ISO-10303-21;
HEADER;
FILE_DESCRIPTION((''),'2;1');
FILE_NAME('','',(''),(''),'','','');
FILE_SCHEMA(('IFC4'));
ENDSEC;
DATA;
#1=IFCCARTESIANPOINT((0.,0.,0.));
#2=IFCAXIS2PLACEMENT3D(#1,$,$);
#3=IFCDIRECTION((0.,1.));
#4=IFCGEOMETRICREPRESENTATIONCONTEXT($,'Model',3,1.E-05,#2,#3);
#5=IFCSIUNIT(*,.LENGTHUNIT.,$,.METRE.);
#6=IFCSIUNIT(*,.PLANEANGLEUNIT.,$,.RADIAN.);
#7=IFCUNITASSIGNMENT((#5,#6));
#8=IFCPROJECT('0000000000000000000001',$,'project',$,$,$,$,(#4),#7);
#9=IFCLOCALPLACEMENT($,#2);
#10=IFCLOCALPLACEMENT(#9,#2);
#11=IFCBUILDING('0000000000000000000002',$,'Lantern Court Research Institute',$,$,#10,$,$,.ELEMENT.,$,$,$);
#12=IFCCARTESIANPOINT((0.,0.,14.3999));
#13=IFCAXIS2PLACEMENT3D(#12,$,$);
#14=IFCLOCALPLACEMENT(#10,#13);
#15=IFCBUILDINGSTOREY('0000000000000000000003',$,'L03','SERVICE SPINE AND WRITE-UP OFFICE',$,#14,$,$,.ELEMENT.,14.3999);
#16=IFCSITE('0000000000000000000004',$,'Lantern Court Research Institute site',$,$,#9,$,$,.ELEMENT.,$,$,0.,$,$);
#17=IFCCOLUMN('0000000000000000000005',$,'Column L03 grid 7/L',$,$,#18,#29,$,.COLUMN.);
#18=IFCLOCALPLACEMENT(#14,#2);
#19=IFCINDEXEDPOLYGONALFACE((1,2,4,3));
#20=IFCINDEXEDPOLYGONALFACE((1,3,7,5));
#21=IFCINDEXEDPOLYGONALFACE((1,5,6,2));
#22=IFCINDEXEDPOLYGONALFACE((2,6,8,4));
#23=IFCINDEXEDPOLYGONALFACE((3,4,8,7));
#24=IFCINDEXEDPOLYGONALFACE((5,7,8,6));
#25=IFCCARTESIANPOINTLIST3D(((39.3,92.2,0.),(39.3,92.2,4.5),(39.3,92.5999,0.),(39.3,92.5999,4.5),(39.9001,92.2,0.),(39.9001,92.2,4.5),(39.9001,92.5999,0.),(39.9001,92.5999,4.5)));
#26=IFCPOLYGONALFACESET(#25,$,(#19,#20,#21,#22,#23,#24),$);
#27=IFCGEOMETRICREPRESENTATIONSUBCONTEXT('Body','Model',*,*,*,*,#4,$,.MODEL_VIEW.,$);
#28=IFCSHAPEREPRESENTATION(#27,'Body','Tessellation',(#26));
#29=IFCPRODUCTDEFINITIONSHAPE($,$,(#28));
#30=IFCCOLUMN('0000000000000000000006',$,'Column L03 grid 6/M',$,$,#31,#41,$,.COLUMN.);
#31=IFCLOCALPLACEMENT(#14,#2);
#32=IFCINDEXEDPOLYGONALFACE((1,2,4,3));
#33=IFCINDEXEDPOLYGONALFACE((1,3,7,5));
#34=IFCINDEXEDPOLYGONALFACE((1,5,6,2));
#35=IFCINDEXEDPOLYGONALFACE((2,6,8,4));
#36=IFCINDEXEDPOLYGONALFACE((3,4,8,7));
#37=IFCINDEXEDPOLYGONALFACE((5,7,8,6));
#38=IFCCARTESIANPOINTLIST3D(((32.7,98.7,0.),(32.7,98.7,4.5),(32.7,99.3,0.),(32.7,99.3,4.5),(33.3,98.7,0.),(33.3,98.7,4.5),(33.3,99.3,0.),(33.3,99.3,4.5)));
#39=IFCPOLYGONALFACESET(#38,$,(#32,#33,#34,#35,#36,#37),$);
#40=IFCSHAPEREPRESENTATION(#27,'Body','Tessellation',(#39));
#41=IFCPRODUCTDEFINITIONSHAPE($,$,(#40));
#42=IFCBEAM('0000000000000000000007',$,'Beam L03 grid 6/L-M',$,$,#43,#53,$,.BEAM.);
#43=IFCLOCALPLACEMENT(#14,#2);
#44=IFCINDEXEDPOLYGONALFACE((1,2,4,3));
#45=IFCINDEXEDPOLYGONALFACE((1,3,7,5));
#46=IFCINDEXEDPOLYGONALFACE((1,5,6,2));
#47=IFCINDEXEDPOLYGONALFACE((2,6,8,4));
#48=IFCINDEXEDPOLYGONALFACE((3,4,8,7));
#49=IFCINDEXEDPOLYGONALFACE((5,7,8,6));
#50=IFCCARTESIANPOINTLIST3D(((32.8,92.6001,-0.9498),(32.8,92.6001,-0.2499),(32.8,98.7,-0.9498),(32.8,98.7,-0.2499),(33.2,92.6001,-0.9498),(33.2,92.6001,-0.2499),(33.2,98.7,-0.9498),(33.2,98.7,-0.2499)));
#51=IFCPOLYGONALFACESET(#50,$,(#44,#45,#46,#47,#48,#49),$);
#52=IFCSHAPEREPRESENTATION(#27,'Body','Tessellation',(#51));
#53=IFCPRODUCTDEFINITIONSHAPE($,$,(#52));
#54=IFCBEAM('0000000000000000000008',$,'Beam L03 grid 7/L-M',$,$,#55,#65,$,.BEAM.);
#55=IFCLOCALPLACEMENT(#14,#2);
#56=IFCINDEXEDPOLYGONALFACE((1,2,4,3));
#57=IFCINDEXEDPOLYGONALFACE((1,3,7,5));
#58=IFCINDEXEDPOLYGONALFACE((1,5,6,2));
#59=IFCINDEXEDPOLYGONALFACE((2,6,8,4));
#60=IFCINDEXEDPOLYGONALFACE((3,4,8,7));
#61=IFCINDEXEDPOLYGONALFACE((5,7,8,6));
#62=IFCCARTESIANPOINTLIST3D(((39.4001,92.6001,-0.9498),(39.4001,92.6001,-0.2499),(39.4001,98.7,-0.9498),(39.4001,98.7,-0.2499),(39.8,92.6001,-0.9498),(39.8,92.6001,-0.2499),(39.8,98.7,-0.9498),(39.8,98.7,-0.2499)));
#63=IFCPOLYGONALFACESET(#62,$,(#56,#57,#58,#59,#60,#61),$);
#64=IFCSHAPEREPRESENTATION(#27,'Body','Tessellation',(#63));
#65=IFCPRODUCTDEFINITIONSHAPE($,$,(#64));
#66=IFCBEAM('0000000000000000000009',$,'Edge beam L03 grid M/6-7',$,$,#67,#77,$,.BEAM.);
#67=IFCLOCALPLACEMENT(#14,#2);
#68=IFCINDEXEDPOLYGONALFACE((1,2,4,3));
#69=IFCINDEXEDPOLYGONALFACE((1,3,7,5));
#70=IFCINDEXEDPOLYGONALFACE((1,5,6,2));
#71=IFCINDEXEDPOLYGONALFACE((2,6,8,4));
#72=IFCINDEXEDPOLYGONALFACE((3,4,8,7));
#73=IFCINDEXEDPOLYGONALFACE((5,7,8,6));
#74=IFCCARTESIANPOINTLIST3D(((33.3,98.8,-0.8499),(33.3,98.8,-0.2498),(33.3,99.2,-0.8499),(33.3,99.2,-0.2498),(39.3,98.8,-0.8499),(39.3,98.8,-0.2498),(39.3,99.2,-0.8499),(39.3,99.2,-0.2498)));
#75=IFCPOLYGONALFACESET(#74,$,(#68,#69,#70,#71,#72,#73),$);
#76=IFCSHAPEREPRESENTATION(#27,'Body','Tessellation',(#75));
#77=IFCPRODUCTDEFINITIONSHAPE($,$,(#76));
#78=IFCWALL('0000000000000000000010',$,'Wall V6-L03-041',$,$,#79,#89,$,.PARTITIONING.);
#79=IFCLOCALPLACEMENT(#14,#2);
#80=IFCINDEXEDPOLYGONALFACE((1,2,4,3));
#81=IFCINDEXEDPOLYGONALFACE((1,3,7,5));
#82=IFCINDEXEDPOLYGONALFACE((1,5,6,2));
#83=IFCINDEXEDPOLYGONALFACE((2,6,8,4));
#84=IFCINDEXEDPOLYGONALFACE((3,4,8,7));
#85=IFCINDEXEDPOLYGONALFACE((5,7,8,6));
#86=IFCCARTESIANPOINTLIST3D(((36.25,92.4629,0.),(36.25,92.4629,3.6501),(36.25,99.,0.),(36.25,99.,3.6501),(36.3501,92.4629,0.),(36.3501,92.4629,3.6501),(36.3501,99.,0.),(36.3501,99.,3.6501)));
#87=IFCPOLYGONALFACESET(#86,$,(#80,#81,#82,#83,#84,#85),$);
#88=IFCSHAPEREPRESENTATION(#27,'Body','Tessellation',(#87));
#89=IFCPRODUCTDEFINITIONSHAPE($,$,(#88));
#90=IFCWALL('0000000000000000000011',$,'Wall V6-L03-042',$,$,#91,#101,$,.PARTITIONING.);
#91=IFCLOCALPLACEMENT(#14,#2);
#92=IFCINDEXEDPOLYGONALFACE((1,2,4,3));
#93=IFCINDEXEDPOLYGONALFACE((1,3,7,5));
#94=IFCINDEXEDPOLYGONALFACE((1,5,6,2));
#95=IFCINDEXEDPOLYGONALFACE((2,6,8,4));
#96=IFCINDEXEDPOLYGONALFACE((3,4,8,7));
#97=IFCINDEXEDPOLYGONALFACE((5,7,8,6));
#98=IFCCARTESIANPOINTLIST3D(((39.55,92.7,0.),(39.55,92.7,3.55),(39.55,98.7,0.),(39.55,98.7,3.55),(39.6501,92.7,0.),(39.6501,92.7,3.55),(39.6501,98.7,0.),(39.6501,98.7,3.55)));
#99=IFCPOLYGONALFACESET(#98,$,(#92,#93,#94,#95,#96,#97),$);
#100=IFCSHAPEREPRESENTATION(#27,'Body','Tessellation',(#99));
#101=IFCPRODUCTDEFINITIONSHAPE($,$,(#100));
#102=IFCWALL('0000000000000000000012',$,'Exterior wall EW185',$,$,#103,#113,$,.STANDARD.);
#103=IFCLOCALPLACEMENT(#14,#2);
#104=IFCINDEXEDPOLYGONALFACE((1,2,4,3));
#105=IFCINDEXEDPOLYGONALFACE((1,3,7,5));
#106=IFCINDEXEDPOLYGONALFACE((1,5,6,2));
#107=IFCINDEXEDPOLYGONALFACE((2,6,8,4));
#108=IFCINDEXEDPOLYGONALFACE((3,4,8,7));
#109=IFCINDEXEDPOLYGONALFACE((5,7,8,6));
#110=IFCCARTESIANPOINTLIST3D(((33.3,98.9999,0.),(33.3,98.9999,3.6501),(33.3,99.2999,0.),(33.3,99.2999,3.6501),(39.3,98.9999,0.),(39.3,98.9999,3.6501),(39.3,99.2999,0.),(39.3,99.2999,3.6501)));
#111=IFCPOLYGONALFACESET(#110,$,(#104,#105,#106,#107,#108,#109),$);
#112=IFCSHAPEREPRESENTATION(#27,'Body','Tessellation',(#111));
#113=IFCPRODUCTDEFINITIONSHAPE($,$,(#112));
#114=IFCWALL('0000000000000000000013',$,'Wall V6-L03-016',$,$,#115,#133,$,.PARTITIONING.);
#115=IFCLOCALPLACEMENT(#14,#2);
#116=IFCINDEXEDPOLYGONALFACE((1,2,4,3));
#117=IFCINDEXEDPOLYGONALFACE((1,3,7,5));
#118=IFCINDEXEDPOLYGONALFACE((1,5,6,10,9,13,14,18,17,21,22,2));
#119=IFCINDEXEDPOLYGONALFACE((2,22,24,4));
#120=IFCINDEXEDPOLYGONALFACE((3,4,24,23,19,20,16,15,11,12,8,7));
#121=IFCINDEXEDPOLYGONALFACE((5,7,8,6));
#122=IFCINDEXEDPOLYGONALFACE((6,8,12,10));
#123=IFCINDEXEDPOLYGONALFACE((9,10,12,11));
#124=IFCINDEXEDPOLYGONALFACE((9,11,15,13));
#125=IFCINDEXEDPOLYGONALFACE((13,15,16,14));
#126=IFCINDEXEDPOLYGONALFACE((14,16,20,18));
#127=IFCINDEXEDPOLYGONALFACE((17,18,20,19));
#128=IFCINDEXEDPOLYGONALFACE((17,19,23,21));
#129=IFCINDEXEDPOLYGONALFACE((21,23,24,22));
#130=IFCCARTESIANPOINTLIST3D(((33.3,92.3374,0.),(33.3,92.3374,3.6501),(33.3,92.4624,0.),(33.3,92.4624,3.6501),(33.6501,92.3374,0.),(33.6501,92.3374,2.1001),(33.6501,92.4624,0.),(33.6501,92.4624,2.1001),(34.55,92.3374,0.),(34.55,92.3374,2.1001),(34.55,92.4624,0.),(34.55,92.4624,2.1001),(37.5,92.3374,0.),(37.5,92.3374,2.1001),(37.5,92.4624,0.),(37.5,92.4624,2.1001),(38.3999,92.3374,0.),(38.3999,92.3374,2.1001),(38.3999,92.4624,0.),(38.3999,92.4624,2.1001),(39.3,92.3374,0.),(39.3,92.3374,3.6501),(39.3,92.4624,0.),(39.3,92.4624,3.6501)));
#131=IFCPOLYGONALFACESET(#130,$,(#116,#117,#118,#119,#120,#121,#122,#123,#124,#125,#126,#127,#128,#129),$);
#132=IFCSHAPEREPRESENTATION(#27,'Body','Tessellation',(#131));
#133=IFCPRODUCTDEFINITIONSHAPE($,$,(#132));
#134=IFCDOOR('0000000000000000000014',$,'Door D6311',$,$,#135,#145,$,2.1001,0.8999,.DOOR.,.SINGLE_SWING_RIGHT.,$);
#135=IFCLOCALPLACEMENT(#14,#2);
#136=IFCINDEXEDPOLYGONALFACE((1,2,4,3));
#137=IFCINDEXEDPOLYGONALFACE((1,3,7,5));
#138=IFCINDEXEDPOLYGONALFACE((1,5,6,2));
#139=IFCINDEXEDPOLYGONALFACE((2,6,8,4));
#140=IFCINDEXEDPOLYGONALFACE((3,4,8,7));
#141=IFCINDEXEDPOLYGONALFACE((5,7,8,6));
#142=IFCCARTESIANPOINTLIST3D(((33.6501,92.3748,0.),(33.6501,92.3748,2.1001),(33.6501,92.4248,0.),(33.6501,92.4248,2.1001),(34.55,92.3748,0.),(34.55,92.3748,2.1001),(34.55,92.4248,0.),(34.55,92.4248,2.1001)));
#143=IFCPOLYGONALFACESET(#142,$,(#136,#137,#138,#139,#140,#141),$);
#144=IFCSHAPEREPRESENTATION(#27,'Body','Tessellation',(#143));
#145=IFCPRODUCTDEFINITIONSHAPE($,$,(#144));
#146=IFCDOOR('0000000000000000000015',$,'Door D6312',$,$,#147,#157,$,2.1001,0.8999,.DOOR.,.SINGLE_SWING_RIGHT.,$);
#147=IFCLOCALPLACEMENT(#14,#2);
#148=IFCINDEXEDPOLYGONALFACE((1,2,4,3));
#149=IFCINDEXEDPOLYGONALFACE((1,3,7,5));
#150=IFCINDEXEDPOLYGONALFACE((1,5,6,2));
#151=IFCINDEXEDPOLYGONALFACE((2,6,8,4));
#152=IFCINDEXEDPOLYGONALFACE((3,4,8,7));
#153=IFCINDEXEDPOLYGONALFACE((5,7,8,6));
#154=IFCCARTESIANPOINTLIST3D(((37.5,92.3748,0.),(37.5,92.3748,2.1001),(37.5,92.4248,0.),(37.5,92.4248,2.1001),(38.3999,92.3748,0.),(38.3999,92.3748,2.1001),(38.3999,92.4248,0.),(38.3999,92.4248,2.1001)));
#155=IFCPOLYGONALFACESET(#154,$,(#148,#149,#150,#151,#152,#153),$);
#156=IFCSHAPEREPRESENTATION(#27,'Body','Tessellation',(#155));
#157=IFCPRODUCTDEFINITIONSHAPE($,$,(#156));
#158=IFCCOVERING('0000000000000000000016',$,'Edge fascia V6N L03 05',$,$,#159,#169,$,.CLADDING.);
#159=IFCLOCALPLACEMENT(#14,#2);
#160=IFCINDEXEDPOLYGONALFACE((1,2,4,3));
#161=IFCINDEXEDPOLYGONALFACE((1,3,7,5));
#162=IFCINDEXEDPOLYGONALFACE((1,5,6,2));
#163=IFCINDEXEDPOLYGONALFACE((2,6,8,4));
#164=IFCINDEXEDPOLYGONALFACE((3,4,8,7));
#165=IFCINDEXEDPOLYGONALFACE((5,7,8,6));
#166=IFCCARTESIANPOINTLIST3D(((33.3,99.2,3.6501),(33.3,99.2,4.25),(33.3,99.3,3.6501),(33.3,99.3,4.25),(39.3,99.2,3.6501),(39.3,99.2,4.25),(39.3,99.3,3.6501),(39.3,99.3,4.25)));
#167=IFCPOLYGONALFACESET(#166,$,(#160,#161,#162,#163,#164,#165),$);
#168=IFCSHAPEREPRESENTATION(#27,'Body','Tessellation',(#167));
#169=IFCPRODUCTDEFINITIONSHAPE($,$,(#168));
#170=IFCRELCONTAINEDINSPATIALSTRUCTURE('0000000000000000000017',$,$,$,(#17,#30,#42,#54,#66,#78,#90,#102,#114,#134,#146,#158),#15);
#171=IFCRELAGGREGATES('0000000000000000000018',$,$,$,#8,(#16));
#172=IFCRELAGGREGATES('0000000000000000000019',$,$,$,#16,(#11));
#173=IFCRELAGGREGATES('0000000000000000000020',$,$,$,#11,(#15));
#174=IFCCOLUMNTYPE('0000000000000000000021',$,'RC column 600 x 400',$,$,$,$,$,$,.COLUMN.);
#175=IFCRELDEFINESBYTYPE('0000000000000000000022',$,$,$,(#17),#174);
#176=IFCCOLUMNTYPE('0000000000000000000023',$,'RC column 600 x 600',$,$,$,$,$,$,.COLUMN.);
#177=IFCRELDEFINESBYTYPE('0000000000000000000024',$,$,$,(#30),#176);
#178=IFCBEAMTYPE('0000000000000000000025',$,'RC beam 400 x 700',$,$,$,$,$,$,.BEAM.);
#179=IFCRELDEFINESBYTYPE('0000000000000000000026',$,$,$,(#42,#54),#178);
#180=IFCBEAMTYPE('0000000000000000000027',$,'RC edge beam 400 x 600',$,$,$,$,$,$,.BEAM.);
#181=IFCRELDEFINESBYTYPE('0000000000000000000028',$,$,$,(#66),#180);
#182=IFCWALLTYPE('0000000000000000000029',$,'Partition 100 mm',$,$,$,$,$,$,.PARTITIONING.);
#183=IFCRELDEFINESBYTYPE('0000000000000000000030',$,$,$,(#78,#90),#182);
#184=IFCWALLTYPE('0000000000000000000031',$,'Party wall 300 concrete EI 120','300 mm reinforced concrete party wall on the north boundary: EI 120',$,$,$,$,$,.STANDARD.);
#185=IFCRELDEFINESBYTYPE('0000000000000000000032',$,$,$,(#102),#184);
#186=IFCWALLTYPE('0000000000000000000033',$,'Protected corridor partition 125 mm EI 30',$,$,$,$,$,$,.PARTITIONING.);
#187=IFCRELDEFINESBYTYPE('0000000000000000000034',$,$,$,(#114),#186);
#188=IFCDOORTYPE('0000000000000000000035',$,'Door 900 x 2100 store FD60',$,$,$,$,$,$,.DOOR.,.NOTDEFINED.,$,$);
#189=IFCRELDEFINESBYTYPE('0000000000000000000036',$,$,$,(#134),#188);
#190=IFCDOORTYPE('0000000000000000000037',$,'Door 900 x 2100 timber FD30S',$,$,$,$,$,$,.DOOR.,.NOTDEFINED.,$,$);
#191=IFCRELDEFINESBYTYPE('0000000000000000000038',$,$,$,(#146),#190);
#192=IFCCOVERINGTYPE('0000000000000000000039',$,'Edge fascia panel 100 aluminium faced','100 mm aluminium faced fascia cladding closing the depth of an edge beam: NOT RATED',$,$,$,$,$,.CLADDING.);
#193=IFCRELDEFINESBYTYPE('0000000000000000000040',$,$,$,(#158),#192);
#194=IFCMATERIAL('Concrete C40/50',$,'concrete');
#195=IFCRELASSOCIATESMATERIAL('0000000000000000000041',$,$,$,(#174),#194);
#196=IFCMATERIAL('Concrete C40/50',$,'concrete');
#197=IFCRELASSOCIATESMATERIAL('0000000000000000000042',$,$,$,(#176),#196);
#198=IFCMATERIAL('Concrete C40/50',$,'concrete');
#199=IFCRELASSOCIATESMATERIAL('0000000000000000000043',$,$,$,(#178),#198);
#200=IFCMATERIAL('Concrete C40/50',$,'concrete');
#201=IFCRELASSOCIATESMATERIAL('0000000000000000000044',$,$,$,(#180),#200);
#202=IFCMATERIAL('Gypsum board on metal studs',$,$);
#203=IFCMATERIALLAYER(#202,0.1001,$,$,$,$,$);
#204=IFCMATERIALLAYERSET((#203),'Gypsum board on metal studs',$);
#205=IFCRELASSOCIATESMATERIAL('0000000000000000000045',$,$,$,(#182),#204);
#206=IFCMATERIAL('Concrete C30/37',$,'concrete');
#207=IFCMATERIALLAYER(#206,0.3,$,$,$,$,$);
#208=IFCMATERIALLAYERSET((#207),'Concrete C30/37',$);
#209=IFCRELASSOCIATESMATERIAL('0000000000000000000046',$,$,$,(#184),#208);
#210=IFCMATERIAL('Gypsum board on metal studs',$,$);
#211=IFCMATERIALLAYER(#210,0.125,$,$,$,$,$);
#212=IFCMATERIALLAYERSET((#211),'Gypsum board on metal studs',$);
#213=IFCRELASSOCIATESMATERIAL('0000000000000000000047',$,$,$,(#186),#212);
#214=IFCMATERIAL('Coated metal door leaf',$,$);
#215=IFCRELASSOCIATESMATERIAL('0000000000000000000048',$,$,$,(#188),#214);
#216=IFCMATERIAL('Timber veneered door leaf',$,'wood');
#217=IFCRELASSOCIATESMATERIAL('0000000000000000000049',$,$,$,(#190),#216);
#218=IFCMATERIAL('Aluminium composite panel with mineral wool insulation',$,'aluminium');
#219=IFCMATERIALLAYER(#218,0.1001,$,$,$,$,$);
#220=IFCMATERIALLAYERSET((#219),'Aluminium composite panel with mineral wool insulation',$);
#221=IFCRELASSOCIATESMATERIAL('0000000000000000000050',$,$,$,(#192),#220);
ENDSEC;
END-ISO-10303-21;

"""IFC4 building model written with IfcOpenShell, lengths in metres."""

from ifc_helpers import new_model, si_unit, direction, frame, frame_2d, origin, origin_2d, place, context, subcontext, project, spatial, rectangle, extrude, material, layer, layer_set, material_profile, profile_set, type_object, element, fill, save


model = new_model("IFC4")

# Units and contexts
model_context = context("Model", 3, precision=1e-05, world=origin(), true_north=direction((0.0, 1.0)))
body_context = subcontext(model_context, "Body", "Model", "MODEL_VIEW")
ifc_project = project(units=[si_unit("LENGTHUNIT", "METRE"), si_unit("PLANEANGLEUNIT", "RADIAN")], contexts=[model_context])

# Site, building, storey
site_placement = place(None, origin())
site = spatial("IfcSite", under=ifc_project, at=site_placement, Name="Lantern Court Research Institute site", CompositionType="ELEMENT", RefElevation=0.0)
building_placement = place(site_placement, origin())
building = spatial("IfcBuilding", under=site, at=building_placement, Name="Lantern Court Research Institute", CompositionType="ELEMENT")
storey_placement = place(building_placement, frame((0.0, 0.0, 14.3999)))
storey = spatial("IfcBuildingStorey", under=building, at=storey_placement, Name="L03", Description="SERVICE SPINE AND WRITE-UP OFFICE", CompositionType="ELEMENT", Elevation=14.3999)

# Columns
ifc_material_1 = material(Name="Concrete C40/50", Category="concrete")
ifc_material_profile_1 = material_profile(ifc_material_1, rectangle(XDim=0.6001, YDim=0.3999, at=origin_2d()), Name="RC column 600 x 400")
ifc_profile_set_1 = profile_set([ifc_material_profile_1], Name="Concrete C40/50")
column_type_1 = type_object("IfcColumnType", Name="RC column 600 x 400", PredefinedType="COLUMN", material=ifc_profile_set_1)
column_1_placement = place(storey_placement, frame((39.6001, 92.3999, 0.0), z_axis=(0.0, 0.0, 1.0), x_axis=(1.0, 0.0, 0.0)))
element("IfcColumn", 1, at=column_1_placement, inside=storey, type_object=column_type_1, Name="Column L03 grid 7/L", PredefinedType="COLUMN", context=body_context, shape_type="SweptSolid", body=[
    extrude(rectangle(XDim=0.6001, YDim=0.3999, at=origin_2d()), origin(), (0.0, 0.0, 1.0), 4.5),
])
ifc_material_2 = material(Name="Concrete C40/50", Category="concrete")
ifc_material_profile_2 = material_profile(ifc_material_2, rectangle(XDim=0.6001, YDim=0.6001, at=origin_2d()), Name="RC column 600 x 600")
ifc_profile_set_2 = profile_set([ifc_material_profile_2], Name="Concrete C40/50")
column_type_2 = type_object("IfcColumnType", Name="RC column 600 x 600", PredefinedType="COLUMN", material=ifc_profile_set_2)
column_2_placement = place(storey_placement, frame((33.0, 99.0, 0.0), z_axis=(0.0, 0.0, 1.0), x_axis=(1.0, 0.0, 0.0)))
element("IfcColumn", 2, at=column_2_placement, inside=storey, type_object=column_type_2, Name="Column L03 grid 6/M", PredefinedType="COLUMN", context=body_context, shape_type="SweptSolid", body=[
    extrude(rectangle(XDim=0.6001, YDim=0.6001, at=origin_2d()), origin(), (0.0, 0.0, 1.0), 4.5),
])

# Beams
ifc_material_3 = material(Name="Concrete C40/50", Category="concrete")
ifc_material_profile_3 = material_profile(ifc_material_3, rectangle(XDim=0.3999, YDim=0.7, at=origin_2d()), Name="RC beam 400 x 700")
ifc_profile_set_3 = profile_set([ifc_material_profile_3], Name="Concrete C40/50")
beam_type_1 = type_object("IfcBeamType", Name="RC beam 400 x 700", PredefinedType="BEAM", material=ifc_profile_set_3)
for number, where, z_axis, x_axis, name in (
    (3, (33.0, 92.6001, -0.5999), (0.0, 1.0, 0.0), (-1.0, 0.0, 0.0), "Beam L03 grid 6/L-M"),
    (4, (39.6001, 92.6001, -0.5999), (0.0, 1.0, 0.0), (-1.0, 0.0, 0.0), "Beam L03 grid 7/L-M"),
):
    element("IfcBeam", number, at=place(storey_placement, frame(where, z_axis=z_axis, x_axis=x_axis)), inside=storey, type_object=beam_type_1, Name=name, PredefinedType="BEAM", context=body_context, shape_type="SweptSolid", body=[
        extrude(rectangle(XDim=0.3999, YDim=0.7, at=origin_2d()), origin(), (0.0, 0.0, 1.0), 6.0999),
    ])
ifc_material_4 = material(Name="Concrete C40/50", Category="concrete")
ifc_material_profile_4 = material_profile(ifc_material_4, rectangle(XDim=0.3999, YDim=0.6001, at=origin_2d()), Name="RC beam 400 x 600")
ifc_profile_set_4 = profile_set([ifc_material_profile_4], Name="Concrete C40/50")
beam_type_2 = type_object("IfcBeamType", Name="RC edge beam 400 x 600", PredefinedType="BEAM", material=ifc_profile_set_4)
beam_placement = place(storey_placement, frame((33.3, 99.0, -0.5498), z_axis=(1.0, 0.0, 0.0), x_axis=(0.0, 1.0, 0.0)))
element("IfcBeam", 5, at=beam_placement, inside=storey, type_object=beam_type_2, Name="Edge beam L03 grid M/6-7", PredefinedType="BEAM", context=body_context, shape_type="SweptSolid", body=[
    extrude(rectangle(XDim=0.3999, YDim=0.6001, at=origin_2d()), origin(), (0.0, 0.0, 1.0), 6.0),
])

# Walls
ifc_material_5 = material(Name="Gypsum board on metal studs")
ifc_layer_1 = layer(ifc_material_5, 0.1001)
ifc_layer_set_1 = layer_set([ifc_layer_1], Name="Gypsum board on metal studs")
wall_type_1 = type_object("IfcWallType", Name="Partition 100 mm", PredefinedType="PARTITIONING", material=ifc_layer_set_1)
wall_1_placement = place(storey_placement, frame((36.3, 92.4629, 0.0), z_axis=(0.0, 0.0, 1.0), x_axis=(0.0, 1.0, 0.0)))
element("IfcWall", 6, at=wall_1_placement, inside=storey, type_object=wall_type_1, Name="Wall V6-L03-041", PredefinedType="PARTITIONING", context=body_context, shape_type="SweptSolid", body=[
    extrude(rectangle(XDim=6.5371, YDim=0.1001, at=frame_2d((3.2686, 0.0))), origin(), (0.0, 0.0, 1.0), 3.6501),
])
wall_2_placement = place(storey_placement, frame((39.6001, 92.7, 0.0), z_axis=(0.0, 0.0, 1.0), x_axis=(0.0, 1.0, 0.0)))
element("IfcWall", 7, at=wall_2_placement, inside=storey, type_object=wall_type_1, Name="Wall V6-L03-042", PredefinedType="PARTITIONING", context=body_context, shape_type="SweptSolid", body=[
    extrude(rectangle(XDim=6.0, YDim=0.1001, at=frame_2d((3.0, 0.0))), origin(), (0.0, 0.0, 1.0), 3.55),
])
ifc_material_6 = material(Name="Concrete C30/37", Category="concrete")
ifc_layer_2 = layer(ifc_material_6, 0.3)
ifc_layer_set_2 = layer_set([ifc_layer_2], Name="Concrete C30/37")
wall_type_2 = type_object("IfcWallType", Name="Party wall 300 concrete EI 120", Description="300 mm reinforced concrete party wall on the north boundary: EI 120", PredefinedType="STANDARD", material=ifc_layer_set_2)
wall_3_placement = place(storey_placement, frame((33.3, 99.1499, 0.0), z_axis=(0.0, 0.0, 1.0), x_axis=(1.0, 0.0, 0.0)))
element("IfcWall", 8, at=wall_3_placement, inside=storey, type_object=wall_type_2, Name="Exterior wall EW185", PredefinedType="STANDARD", context=body_context, shape_type="SweptSolid", body=[
    extrude(rectangle(XDim=6.0, YDim=0.3, at=frame_2d((3.0, 0.0))), origin(), (0.0, 0.0, 1.0), 3.6501),
])

# Wall, openings, doors
ifc_material_7 = material(Name="Gypsum board on metal studs")
ifc_layer_3 = layer(ifc_material_7, 0.125)
ifc_layer_set_3 = layer_set([ifc_layer_3], Name="Gypsum board on metal studs")
wall_type_3 = type_object("IfcWallType", Name="Protected corridor partition 125 mm EI 30", PredefinedType="PARTITIONING", material=ifc_layer_set_3)
wall_4_placement = place(storey_placement, frame((33.3, 92.3999, 0.0), z_axis=(0.0, 0.0, 1.0), x_axis=(1.0, 0.0, 0.0)))
wall_4 = element("IfcWall", 9, at=wall_4_placement, inside=storey, type_object=wall_type_3, Name="Wall V6-L03-016", PredefinedType="PARTITIONING", context=body_context, shape_type="SweptSolid", body=[
    extrude(rectangle(XDim=6.0, YDim=0.125, at=frame_2d((3.0, 0.0))), origin(), (0.0, 0.0, 1.0), 3.6501),
])
opening_1_placement = place(wall_4_placement, frame((0.3501, 0.0, 0.0)))
opening_1 = element("IfcOpeningElement", 10, at=opening_1_placement, cuts=wall_4, PredefinedType="OPENING", context=body_context, shape_type="SweptSolid", body=[
    extrude(rectangle(XDim=0.8999, YDim=2.1001, at=frame_2d((0.45, 1.05))), frame((0.0, 0.0725, 0.0), z_axis=(0.0, -1.0, 0.0), x_axis=(1.0, 0.0, 0.0)), (0.0, 0.0, 1.0), 0.145),
])
opening_2_placement = place(wall_4_placement, frame((4.2, 0.0, 0.0)))
opening_2 = element("IfcOpeningElement", 11, at=opening_2_placement, cuts=wall_4, PredefinedType="OPENING", context=body_context, shape_type="SweptSolid", body=[
    extrude(rectangle(XDim=0.8999, YDim=2.1001, at=frame_2d((0.45, 1.05))), frame((0.0, 0.0725, 0.0), z_axis=(0.0, -1.0, 0.0), x_axis=(1.0, 0.0, 0.0)), (0.0, 0.0, 1.0), 0.145),
])
ifc_material_8 = material(Name="Coated metal door leaf")
door_type_1 = type_object("IfcDoorType", Name="Door 900 x 2100 store FD60", OperationType="NOTDEFINED", PredefinedType="DOOR", material=ifc_material_8)
door_1_placement = place(opening_1_placement, origin())
door_1 = element("IfcDoor", 12, at=door_1_placement, inside=storey, type_object=door_type_1, Name="Door D6311", OperationType="SINGLE_SWING_RIGHT", OverallHeight=2.1001, OverallWidth=0.8999, PredefinedType="DOOR", context=body_context, shape_type="SweptSolid", body=[
    extrude(rectangle(XDim=0.8999, YDim=2.1001, at=frame_2d((0.45, 1.05))), frame((0.0, 0.0249, 0.0), z_axis=(0.0, -1.0, 0.0), x_axis=(1.0, 0.0, 0.0)), (0.0, 0.0, 1.0), 0.05),
])
fill(opening_1, door_1)
ifc_material_9 = material(Name="Timber veneered door leaf", Category="wood")
door_type_2 = type_object("IfcDoorType", Name="Door 900 x 2100 timber FD30S", OperationType="NOTDEFINED", PredefinedType="DOOR", material=ifc_material_9)
door_2_placement = place(opening_2_placement, origin())
door_2 = element("IfcDoor", 13, at=door_2_placement, inside=storey, type_object=door_type_2, Name="Door D6312", OperationType="SINGLE_SWING_RIGHT", OverallHeight=2.1001, OverallWidth=0.8999, PredefinedType="DOOR", context=body_context, shape_type="SweptSolid", body=[
    extrude(rectangle(XDim=0.8999, YDim=2.1001, at=frame_2d((0.45, 1.05))), frame((0.0, 0.0249, 0.0), z_axis=(0.0, -1.0, 0.0), x_axis=(1.0, 0.0, 0.0)), (0.0, 0.0, 1.0), 0.05),
])
fill(opening_2, door_2)

# Covering
ifc_material_10 = material(Name="Aluminium composite panel with mineral wool insulation", Category="aluminium")
ifc_layer_4 = layer(ifc_material_10, 0.1001)
ifc_layer_set_4 = layer_set([ifc_layer_4], Name="Aluminium composite panel with mineral wool insulation")
covering_type_1 = type_object("IfcCoveringType", Name="Edge fascia panel 100 aluminium faced", Description="100 mm aluminium faced fascia cladding closing the depth of an edge beam: NOT RATED", PredefinedType="CLADDING", material=ifc_layer_set_4)
covering_1_placement = place(storey_placement, frame((33.3, 99.25, 3.6501), z_axis=(0.0, 0.0, 1.0), x_axis=(1.0, 0.0, 0.0)))
element("IfcCovering", 14, at=covering_1_placement, inside=storey, type_object=covering_type_1, Name="Edge fascia V6N L03 05", PredefinedType="CLADDING", context=body_context, shape_type="SweptSolid", body=[
    extrude(rectangle(XDim=6.0, YDim=0.1001, at=frame_2d((3.0, 0.0))), origin(), (0.0, 0.0, 1.0), 0.5999),
])

save(model, "model.ifc")
